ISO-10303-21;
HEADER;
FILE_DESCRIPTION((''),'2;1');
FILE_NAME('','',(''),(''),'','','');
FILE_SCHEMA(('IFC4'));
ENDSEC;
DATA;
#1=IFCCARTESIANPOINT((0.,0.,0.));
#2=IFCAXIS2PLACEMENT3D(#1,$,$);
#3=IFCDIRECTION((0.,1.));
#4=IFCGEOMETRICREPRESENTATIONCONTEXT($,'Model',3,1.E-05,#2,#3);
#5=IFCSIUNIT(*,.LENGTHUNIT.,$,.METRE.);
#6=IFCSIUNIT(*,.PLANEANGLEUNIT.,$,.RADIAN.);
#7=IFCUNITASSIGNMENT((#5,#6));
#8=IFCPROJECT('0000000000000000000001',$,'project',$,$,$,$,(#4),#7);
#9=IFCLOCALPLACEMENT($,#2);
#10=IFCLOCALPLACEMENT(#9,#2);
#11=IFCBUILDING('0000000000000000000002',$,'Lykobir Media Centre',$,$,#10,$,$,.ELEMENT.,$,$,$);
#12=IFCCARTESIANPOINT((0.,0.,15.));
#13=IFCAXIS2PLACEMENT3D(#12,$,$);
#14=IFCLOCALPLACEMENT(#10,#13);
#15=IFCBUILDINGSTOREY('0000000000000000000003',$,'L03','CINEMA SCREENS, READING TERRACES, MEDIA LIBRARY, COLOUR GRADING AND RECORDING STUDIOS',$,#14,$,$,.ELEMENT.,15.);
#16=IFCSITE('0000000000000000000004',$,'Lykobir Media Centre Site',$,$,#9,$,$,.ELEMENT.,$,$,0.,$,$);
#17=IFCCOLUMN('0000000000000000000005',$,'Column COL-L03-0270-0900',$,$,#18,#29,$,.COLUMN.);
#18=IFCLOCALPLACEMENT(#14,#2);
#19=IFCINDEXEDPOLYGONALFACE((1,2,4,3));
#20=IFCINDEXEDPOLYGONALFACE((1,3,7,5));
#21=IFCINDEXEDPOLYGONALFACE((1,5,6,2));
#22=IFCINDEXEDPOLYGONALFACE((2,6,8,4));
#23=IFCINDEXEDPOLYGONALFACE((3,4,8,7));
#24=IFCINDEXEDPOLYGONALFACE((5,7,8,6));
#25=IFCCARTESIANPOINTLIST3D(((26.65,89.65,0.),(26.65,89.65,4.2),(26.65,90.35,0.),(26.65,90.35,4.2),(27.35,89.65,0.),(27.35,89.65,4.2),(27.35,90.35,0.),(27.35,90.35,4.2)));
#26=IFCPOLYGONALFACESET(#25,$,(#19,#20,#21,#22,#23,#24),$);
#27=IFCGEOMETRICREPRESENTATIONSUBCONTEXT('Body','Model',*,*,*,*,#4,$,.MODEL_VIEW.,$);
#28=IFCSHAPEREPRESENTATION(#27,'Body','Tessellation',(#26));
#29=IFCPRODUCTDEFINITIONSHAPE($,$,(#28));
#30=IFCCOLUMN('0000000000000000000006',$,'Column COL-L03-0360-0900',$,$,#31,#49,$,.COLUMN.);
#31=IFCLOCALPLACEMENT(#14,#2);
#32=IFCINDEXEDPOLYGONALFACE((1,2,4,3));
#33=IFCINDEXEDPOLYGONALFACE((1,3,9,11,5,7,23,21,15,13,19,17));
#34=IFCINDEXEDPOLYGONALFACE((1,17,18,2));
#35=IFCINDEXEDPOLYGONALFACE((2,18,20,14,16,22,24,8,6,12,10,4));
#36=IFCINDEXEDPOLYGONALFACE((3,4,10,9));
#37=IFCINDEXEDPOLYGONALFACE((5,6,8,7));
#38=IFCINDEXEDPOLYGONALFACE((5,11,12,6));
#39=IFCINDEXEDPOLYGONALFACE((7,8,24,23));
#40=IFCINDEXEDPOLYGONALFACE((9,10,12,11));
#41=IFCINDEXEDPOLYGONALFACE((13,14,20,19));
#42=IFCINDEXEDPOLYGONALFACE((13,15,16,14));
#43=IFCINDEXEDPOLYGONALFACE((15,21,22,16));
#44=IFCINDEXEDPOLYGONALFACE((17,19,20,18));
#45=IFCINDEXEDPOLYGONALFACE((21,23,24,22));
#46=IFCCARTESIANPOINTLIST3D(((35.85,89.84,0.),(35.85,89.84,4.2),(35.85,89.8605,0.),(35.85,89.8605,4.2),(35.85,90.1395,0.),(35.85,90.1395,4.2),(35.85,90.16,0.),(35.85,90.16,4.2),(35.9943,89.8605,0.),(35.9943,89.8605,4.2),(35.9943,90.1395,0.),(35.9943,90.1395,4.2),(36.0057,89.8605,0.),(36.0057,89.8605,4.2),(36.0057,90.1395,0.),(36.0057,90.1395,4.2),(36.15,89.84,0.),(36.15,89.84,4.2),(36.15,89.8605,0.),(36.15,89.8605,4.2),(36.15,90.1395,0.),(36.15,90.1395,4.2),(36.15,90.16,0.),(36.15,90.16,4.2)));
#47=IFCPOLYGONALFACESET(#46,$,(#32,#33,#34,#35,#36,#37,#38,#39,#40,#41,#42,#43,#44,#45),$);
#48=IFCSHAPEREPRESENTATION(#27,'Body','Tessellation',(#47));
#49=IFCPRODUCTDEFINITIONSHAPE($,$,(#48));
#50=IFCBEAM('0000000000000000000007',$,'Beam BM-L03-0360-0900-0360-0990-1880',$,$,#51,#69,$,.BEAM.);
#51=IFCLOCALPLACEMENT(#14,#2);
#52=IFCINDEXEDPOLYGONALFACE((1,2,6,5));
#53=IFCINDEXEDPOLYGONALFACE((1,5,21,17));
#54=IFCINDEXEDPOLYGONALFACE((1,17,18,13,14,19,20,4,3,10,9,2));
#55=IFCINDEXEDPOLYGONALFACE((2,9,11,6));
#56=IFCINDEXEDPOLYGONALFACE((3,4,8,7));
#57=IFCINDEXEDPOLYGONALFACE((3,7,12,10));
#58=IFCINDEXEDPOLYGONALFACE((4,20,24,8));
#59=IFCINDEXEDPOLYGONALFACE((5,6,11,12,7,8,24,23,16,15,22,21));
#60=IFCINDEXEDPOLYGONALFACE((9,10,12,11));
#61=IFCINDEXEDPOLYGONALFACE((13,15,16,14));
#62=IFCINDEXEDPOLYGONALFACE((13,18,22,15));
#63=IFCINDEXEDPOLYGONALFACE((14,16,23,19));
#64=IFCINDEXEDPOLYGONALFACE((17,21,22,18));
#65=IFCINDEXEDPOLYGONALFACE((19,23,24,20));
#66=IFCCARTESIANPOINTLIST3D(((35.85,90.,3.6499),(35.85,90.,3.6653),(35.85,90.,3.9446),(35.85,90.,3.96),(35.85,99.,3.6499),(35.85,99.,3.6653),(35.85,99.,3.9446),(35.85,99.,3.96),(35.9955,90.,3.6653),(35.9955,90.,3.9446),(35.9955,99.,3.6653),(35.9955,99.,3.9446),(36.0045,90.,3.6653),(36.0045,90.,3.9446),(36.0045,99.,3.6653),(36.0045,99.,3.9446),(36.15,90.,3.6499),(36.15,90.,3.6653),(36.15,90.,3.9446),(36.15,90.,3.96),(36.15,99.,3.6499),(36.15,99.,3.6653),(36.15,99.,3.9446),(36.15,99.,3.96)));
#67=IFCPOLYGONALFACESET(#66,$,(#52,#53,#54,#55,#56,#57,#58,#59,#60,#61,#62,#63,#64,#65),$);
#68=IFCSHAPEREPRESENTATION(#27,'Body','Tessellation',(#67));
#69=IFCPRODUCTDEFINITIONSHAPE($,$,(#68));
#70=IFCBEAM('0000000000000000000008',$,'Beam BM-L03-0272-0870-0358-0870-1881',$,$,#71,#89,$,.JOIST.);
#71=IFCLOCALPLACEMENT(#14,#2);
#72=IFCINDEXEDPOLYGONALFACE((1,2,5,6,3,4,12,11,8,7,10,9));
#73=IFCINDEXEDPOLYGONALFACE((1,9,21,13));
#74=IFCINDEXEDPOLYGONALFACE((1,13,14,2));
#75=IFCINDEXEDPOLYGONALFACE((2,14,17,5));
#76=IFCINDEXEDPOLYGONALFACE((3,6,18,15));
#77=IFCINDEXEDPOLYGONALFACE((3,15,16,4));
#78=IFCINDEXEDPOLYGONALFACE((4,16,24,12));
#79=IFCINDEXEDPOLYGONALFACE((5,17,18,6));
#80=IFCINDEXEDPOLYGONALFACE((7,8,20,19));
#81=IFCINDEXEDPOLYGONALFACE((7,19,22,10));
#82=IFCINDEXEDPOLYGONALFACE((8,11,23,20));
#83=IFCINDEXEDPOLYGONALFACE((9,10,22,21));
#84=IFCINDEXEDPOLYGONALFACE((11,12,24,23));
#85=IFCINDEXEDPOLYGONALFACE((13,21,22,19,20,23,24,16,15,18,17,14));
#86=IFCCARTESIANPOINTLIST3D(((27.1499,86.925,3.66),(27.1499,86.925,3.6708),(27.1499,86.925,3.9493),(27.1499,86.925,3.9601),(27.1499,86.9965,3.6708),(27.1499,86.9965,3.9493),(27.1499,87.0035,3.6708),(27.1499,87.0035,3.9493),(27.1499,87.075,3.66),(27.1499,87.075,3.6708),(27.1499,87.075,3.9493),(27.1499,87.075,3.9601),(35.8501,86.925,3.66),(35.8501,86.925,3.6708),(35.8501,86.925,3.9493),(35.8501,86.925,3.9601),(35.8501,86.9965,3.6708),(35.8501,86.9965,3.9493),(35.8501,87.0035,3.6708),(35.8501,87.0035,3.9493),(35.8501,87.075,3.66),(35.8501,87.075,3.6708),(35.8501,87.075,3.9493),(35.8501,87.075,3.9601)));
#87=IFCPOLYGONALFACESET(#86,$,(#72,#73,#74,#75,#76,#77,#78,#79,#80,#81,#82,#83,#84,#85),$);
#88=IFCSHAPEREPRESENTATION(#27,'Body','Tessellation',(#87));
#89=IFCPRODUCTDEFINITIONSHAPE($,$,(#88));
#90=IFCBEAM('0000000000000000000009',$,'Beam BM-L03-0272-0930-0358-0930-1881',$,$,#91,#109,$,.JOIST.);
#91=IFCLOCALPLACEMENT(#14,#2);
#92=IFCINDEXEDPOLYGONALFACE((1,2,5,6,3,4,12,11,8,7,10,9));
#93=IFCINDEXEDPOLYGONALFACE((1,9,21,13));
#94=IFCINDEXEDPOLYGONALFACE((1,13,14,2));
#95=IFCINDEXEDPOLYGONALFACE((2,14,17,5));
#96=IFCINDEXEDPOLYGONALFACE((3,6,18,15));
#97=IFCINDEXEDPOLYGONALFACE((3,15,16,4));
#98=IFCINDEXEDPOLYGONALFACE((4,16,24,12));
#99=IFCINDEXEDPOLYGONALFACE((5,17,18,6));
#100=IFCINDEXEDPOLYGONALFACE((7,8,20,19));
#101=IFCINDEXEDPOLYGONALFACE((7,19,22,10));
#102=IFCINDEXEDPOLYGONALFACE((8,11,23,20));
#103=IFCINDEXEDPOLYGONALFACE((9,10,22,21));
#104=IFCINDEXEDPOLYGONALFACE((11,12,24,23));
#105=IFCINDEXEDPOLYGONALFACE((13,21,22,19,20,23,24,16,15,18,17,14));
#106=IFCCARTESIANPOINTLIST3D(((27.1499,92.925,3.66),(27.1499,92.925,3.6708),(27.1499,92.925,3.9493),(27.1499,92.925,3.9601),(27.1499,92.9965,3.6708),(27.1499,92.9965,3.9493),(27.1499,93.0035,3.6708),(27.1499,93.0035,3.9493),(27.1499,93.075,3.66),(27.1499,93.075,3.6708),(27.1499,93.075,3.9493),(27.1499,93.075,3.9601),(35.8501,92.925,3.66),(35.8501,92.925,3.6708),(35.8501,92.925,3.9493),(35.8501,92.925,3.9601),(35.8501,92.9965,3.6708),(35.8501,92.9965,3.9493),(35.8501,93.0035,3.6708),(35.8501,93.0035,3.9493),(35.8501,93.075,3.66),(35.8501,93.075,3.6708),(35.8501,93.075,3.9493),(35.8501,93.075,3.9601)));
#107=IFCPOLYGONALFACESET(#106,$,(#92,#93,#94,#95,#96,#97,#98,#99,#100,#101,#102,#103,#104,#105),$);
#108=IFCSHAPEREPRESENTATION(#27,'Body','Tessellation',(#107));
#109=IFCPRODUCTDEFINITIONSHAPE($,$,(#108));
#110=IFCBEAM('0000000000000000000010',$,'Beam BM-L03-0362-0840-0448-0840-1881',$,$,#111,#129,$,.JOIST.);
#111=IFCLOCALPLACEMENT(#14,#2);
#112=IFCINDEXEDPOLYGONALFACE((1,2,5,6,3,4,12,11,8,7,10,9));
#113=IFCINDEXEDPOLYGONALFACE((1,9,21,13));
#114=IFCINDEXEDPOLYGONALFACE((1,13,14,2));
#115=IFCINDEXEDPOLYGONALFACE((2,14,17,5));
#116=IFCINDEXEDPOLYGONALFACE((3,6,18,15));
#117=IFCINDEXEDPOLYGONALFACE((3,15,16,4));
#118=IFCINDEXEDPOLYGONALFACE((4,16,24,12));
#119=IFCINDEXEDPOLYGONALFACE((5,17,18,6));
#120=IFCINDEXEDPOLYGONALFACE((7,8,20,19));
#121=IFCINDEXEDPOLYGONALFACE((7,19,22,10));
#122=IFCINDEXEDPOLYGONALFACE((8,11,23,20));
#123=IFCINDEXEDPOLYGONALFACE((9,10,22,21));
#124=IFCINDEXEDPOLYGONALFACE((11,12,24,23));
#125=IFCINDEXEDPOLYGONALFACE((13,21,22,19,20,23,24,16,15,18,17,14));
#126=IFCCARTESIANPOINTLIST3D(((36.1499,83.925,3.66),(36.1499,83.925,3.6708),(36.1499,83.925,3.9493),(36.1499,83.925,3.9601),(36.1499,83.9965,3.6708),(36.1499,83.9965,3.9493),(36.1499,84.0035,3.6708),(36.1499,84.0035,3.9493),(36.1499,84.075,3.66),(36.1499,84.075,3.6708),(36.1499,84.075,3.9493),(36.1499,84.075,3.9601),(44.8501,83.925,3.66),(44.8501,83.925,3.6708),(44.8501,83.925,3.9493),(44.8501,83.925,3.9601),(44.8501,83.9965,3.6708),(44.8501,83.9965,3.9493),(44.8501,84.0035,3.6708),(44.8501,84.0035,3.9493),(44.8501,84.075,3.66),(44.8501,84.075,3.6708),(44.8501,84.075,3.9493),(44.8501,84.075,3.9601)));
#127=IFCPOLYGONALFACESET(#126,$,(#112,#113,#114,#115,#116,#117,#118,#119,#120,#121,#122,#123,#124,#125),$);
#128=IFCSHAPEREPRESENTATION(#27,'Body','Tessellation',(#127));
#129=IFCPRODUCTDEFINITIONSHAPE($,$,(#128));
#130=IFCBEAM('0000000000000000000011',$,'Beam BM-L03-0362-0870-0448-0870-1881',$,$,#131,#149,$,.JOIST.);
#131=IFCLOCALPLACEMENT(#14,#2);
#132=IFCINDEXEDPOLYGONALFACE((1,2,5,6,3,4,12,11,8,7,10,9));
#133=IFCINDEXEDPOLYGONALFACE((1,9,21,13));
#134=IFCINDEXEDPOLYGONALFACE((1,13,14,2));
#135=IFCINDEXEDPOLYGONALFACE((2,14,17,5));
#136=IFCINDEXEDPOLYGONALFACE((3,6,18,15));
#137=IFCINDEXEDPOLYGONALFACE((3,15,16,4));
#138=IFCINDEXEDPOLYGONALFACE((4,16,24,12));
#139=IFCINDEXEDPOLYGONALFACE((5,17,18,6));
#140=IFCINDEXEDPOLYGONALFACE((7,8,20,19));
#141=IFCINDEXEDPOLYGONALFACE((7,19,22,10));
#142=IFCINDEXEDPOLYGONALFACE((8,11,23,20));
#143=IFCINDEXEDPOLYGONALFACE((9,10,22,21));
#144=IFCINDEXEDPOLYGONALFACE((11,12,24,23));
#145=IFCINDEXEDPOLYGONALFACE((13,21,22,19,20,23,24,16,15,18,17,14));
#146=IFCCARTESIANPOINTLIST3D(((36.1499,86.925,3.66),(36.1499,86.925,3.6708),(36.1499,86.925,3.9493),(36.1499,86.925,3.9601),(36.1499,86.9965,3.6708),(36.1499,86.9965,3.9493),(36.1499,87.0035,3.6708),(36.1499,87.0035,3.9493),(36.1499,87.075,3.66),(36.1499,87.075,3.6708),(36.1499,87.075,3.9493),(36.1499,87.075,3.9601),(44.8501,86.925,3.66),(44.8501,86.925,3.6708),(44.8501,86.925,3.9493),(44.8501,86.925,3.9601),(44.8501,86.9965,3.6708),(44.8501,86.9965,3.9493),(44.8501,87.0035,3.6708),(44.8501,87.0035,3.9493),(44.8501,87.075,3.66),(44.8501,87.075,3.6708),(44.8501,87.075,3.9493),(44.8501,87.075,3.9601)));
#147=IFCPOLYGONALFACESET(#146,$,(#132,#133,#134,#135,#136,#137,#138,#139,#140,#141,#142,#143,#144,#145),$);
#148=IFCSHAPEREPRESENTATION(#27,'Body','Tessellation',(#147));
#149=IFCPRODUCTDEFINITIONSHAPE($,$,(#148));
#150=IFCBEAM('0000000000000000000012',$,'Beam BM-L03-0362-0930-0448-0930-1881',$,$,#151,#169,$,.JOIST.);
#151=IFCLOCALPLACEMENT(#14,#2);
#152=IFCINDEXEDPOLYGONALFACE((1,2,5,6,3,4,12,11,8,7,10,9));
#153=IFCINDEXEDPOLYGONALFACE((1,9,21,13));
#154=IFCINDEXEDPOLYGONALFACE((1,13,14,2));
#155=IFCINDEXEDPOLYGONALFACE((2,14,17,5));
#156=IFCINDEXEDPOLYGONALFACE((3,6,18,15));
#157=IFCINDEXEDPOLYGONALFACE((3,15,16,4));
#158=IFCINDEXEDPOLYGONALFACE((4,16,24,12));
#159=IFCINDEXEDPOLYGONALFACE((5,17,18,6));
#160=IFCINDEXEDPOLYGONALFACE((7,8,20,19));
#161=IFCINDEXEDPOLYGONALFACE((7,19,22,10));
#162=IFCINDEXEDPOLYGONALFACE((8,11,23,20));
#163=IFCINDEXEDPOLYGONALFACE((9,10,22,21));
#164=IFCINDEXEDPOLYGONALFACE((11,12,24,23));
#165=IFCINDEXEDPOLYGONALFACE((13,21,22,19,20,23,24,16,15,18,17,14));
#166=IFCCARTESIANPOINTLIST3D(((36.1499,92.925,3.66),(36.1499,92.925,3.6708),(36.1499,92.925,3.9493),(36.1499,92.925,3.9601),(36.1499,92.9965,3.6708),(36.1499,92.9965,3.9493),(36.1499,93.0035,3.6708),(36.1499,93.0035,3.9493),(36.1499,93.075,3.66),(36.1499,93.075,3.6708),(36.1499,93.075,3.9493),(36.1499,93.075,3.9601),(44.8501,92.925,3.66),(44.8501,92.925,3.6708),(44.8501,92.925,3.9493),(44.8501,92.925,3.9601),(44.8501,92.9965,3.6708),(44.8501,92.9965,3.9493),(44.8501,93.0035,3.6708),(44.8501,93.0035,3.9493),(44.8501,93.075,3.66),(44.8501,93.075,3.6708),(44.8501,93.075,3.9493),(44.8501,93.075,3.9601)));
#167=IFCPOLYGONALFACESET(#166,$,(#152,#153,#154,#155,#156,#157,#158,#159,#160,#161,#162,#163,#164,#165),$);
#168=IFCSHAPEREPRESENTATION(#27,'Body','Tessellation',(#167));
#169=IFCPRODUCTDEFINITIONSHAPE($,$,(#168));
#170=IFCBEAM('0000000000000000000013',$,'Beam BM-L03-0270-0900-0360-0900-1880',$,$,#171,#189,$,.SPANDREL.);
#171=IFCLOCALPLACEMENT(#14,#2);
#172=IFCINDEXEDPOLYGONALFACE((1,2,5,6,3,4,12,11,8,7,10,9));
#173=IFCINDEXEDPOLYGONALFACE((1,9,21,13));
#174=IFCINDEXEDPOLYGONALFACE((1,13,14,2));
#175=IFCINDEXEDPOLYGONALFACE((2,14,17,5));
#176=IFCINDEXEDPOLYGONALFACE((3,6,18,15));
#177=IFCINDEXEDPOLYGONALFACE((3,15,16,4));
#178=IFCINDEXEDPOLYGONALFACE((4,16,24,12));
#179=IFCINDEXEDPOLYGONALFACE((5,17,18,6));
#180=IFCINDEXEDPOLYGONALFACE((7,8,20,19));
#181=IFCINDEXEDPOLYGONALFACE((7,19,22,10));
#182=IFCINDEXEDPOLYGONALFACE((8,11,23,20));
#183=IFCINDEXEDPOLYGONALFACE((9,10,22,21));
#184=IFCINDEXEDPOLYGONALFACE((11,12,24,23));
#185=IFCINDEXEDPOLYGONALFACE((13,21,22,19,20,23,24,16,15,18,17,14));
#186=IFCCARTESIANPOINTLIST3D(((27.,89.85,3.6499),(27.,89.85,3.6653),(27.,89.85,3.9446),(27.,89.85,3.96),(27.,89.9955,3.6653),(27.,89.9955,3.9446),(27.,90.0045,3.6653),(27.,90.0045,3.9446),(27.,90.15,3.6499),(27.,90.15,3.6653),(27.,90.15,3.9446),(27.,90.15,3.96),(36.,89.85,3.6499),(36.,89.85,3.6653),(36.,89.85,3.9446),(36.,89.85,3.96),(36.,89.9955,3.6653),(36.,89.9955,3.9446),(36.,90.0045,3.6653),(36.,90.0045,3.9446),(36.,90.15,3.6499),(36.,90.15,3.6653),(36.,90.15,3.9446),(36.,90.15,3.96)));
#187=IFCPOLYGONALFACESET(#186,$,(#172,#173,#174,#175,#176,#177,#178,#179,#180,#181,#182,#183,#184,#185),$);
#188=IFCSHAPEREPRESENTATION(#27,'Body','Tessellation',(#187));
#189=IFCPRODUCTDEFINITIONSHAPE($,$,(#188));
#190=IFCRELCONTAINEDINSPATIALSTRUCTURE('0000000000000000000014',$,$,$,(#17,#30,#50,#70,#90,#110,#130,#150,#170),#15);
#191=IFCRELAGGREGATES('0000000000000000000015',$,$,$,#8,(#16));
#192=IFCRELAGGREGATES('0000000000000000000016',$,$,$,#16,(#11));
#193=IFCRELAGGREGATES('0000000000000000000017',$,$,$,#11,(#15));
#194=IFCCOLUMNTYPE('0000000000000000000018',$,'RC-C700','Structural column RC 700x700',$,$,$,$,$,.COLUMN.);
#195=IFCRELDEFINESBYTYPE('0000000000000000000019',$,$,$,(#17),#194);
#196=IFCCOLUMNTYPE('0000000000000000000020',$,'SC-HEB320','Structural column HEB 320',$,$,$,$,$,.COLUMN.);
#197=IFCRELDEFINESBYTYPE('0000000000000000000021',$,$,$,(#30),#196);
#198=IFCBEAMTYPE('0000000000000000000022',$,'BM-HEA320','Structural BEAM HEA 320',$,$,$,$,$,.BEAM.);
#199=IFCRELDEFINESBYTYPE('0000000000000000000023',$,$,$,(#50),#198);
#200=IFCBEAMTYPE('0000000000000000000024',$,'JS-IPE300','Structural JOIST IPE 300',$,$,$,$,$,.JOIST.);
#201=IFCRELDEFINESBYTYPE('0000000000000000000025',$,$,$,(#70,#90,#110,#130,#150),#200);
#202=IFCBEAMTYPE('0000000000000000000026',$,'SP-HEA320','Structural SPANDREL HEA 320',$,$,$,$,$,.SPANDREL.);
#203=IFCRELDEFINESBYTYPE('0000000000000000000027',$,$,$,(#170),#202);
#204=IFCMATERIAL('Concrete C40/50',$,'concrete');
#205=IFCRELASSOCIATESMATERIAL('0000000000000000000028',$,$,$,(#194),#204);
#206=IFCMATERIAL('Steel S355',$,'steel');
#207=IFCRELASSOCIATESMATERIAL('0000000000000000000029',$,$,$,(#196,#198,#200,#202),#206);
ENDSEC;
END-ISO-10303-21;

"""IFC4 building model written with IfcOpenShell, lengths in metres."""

from ifc_helpers import new_model, si_unit, direction, frame, origin, origin_2d, place, context, subcontext, project, spatial, rectangle, i_section, extrude, material, material_profile, profile_set, type_object, element, save


model = new_model("IFC4")

# Units and contexts
model_context = context("Model", 3, precision=1e-05, world=origin(), true_north=direction((0.0, 1.0)))
body_context = subcontext(model_context, "Body", "Model", "MODEL_VIEW")
ifc_project = project(units=[si_unit("LENGTHUNIT", "METRE"), si_unit("PLANEANGLEUNIT", "RADIAN")], contexts=[model_context])

# Site, building, storey
site_placement = place(None, origin())
site = spatial("IfcSite", under=ifc_project, at=site_placement, Name="Lykobir Media Centre Site", CompositionType="ELEMENT", RefElevation=0.0)
building_placement = place(site_placement, origin())
building = spatial("IfcBuilding", under=site, at=building_placement, Name="Lykobir Media Centre", CompositionType="ELEMENT")
storey_placement = place(building_placement, frame((0.0, 0.0, 15.0)))
storey = spatial("IfcBuildingStorey", under=building, at=storey_placement, Name="L03", Description="CINEMA SCREENS, READING TERRACES, MEDIA LIBRARY, COLOUR GRADING AND RECORDING STUDIOS", CompositionType="ELEMENT", Elevation=15.0)

# Columns
ifc_material_1 = material(Name="Concrete C40/50", Category="concrete")
ifc_material_profile_1 = material_profile(ifc_material_1, rectangle(XDim=0.7, YDim=0.7, at=origin_2d()), Name="RC 700x700")
ifc_profile_set_1 = profile_set([ifc_material_profile_1], Name="Concrete C40/50")
column_type_1 = type_object("IfcColumnType", Name="RC-C700", Description="Structural column RC 700x700", PredefinedType="COLUMN", material=ifc_profile_set_1)
column_1_placement = place(storey_placement, frame((27.0, 90.0, 0.0), z_axis=(0.0, 0.0, 1.0), x_axis=(1.0, 0.0, 0.0)))
element("IfcColumn", 1, at=column_1_placement, inside=storey, type_object=column_type_1, Name="Column COL-L03-0270-0900", PredefinedType="COLUMN", context=body_context, shape_type="SweptSolid", body=[
    extrude(rectangle(XDim=0.7, YDim=0.7, at=origin_2d()), origin(), (0.0, 0.0, 1.0), 4.2),
])
ifc_material_2 = material(Name="Steel S355", Category="steel")
ifc_material_profile_2 = material_profile(ifc_material_2, i_section(OverallWidth=0.3, OverallDepth=0.3201, WebThickness=0.0115, FlangeThickness=0.0205, at=origin_2d()), Name="HEB 320")
ifc_profile_set_2 = profile_set([ifc_material_profile_2], Name="Steel S355")
column_type_2 = type_object("IfcColumnType", Name="SC-HEB320", Description="Structural column HEB 320", PredefinedType="COLUMN", material=ifc_profile_set_2)
column_2_placement = place(storey_placement, frame((36.0, 90.0, 0.0), z_axis=(0.0, 0.0, 1.0), x_axis=(1.0, 0.0, 0.0)))
element("IfcColumn", 2, at=column_2_placement, inside=storey, type_object=column_type_2, Name="Column COL-L03-0360-0900", PredefinedType="COLUMN", context=body_context, shape_type="SweptSolid", body=[
    extrude(i_section(OverallWidth=0.3, OverallDepth=0.3201, WebThickness=0.0115, FlangeThickness=0.0205, at=origin_2d()), origin(), (0.0, 0.0, 1.0), 4.2),
])

# Beams
ifc_material_profile_3 = material_profile(ifc_material_2, i_section(OverallWidth=0.3, OverallDepth=0.3101, WebThickness=0.009, FlangeThickness=0.0154, at=origin_2d()), Name="HEA 320")
ifc_profile_set_3 = profile_set([ifc_material_profile_3], Name="Steel S355")
beam_type_1 = type_object("IfcBeamType", Name="BM-HEA320", Description="Structural BEAM HEA 320", PredefinedType="BEAM", material=ifc_profile_set_3)
beam_placement = place(storey_placement, frame((36.0, 90.0, 3.8049), z_axis=(0.0, 1.0, 0.0), x_axis=(-1.0, 0.0, 0.0)))
element("IfcBeam", 3, at=beam_placement, inside=storey, type_object=beam_type_1, Name="Beam BM-L03-0360-0900-0360-0990-1880", PredefinedType="BEAM", context=body_context, shape_type="SweptSolid", body=[
    extrude(i_section(OverallWidth=0.3, OverallDepth=0.3101, WebThickness=0.009, FlangeThickness=0.0154, at=origin_2d()), origin(), (0.0, 0.0, 1.0), 9.0),
])
ifc_material_profile_4 = material_profile(ifc_material_2, i_section(OverallWidth=0.1499, OverallDepth=0.3, WebThickness=0.0071, FlangeThickness=0.0107, at=origin_2d()), Name="IPE 300")
ifc_profile_set_4 = profile_set([ifc_material_profile_4], Name="Steel S355")
beam_type_2 = type_object("IfcBeamType", Name="JS-IPE300", Description="Structural JOIST IPE 300", PredefinedType="JOIST", material=ifc_profile_set_4)
for number, where, z_axis, x_axis, name in (
    (4, (27.1499, 87.0, 3.8101), (1.0, 0.0, 0.0), (0.0, 1.0, 0.0), "Beam BM-L03-0272-0870-0358-0870-1881"),
    (5, (27.1499, 93.0, 3.8101), (1.0, 0.0, 0.0), (0.0, 1.0, 0.0), "Beam BM-L03-0272-0930-0358-0930-1881"),
    (6, (36.1499, 84.0, 3.8101), (1.0, 0.0, 0.0), (0.0, 1.0, 0.0), "Beam BM-L03-0362-0840-0448-0840-1881"),
    (7, (36.1499, 87.0, 3.8101), (1.0, 0.0, 0.0), (0.0, 1.0, 0.0), "Beam BM-L03-0362-0870-0448-0870-1881"),
    (8, (36.1499, 93.0, 3.8101), (1.0, 0.0, 0.0), (0.0, 1.0, 0.0), "Beam BM-L03-0362-0930-0448-0930-1881"),
):
    element("IfcBeam", number, at=place(storey_placement, frame(where, z_axis=z_axis, x_axis=x_axis)), inside=storey, type_object=beam_type_2, Name=name, PredefinedType="JOIST", context=body_context, shape_type="SweptSolid", body=[
        extrude(i_section(OverallWidth=0.1499, OverallDepth=0.3, WebThickness=0.0071, FlangeThickness=0.0107, at=origin_2d()), origin(), (0.0, 0.0, 1.0), 8.7002),
    ])
ifc_material_profile_5 = material_profile(ifc_material_2, i_section(OverallWidth=0.3, OverallDepth=0.3101, WebThickness=0.009, FlangeThickness=0.0154, at=origin_2d()), Name="HEA 320")
ifc_profile_set_5 = profile_set([ifc_material_profile_5], Name="Steel S355")
beam_type_3 = type_object("IfcBeamType", Name="SP-HEA320", Description="Structural SPANDREL HEA 320", PredefinedType="SPANDREL", material=ifc_profile_set_5)
for number, where, z_axis, x_axis, name in (
    (9, (27.0, 90.0, 3.8049), (1.0, 0.0, 0.0), (0.0, 1.0, 0.0), "Beam BM-L03-0270-0900-0360-0900-1880"),
):
    element("IfcBeam", number, at=place(storey_placement, frame(where, z_axis=z_axis, x_axis=x_axis)), inside=storey, type_object=beam_type_3, Name=name, PredefinedType="SPANDREL", context=body_context, shape_type="SweptSolid", body=[
        extrude(i_section(OverallWidth=0.3, OverallDepth=0.3101, WebThickness=0.009, FlangeThickness=0.0154, at=origin_2d()), origin(), (0.0, 0.0, 1.0), 9.0),
    ])

save(model, "model.ifc")
